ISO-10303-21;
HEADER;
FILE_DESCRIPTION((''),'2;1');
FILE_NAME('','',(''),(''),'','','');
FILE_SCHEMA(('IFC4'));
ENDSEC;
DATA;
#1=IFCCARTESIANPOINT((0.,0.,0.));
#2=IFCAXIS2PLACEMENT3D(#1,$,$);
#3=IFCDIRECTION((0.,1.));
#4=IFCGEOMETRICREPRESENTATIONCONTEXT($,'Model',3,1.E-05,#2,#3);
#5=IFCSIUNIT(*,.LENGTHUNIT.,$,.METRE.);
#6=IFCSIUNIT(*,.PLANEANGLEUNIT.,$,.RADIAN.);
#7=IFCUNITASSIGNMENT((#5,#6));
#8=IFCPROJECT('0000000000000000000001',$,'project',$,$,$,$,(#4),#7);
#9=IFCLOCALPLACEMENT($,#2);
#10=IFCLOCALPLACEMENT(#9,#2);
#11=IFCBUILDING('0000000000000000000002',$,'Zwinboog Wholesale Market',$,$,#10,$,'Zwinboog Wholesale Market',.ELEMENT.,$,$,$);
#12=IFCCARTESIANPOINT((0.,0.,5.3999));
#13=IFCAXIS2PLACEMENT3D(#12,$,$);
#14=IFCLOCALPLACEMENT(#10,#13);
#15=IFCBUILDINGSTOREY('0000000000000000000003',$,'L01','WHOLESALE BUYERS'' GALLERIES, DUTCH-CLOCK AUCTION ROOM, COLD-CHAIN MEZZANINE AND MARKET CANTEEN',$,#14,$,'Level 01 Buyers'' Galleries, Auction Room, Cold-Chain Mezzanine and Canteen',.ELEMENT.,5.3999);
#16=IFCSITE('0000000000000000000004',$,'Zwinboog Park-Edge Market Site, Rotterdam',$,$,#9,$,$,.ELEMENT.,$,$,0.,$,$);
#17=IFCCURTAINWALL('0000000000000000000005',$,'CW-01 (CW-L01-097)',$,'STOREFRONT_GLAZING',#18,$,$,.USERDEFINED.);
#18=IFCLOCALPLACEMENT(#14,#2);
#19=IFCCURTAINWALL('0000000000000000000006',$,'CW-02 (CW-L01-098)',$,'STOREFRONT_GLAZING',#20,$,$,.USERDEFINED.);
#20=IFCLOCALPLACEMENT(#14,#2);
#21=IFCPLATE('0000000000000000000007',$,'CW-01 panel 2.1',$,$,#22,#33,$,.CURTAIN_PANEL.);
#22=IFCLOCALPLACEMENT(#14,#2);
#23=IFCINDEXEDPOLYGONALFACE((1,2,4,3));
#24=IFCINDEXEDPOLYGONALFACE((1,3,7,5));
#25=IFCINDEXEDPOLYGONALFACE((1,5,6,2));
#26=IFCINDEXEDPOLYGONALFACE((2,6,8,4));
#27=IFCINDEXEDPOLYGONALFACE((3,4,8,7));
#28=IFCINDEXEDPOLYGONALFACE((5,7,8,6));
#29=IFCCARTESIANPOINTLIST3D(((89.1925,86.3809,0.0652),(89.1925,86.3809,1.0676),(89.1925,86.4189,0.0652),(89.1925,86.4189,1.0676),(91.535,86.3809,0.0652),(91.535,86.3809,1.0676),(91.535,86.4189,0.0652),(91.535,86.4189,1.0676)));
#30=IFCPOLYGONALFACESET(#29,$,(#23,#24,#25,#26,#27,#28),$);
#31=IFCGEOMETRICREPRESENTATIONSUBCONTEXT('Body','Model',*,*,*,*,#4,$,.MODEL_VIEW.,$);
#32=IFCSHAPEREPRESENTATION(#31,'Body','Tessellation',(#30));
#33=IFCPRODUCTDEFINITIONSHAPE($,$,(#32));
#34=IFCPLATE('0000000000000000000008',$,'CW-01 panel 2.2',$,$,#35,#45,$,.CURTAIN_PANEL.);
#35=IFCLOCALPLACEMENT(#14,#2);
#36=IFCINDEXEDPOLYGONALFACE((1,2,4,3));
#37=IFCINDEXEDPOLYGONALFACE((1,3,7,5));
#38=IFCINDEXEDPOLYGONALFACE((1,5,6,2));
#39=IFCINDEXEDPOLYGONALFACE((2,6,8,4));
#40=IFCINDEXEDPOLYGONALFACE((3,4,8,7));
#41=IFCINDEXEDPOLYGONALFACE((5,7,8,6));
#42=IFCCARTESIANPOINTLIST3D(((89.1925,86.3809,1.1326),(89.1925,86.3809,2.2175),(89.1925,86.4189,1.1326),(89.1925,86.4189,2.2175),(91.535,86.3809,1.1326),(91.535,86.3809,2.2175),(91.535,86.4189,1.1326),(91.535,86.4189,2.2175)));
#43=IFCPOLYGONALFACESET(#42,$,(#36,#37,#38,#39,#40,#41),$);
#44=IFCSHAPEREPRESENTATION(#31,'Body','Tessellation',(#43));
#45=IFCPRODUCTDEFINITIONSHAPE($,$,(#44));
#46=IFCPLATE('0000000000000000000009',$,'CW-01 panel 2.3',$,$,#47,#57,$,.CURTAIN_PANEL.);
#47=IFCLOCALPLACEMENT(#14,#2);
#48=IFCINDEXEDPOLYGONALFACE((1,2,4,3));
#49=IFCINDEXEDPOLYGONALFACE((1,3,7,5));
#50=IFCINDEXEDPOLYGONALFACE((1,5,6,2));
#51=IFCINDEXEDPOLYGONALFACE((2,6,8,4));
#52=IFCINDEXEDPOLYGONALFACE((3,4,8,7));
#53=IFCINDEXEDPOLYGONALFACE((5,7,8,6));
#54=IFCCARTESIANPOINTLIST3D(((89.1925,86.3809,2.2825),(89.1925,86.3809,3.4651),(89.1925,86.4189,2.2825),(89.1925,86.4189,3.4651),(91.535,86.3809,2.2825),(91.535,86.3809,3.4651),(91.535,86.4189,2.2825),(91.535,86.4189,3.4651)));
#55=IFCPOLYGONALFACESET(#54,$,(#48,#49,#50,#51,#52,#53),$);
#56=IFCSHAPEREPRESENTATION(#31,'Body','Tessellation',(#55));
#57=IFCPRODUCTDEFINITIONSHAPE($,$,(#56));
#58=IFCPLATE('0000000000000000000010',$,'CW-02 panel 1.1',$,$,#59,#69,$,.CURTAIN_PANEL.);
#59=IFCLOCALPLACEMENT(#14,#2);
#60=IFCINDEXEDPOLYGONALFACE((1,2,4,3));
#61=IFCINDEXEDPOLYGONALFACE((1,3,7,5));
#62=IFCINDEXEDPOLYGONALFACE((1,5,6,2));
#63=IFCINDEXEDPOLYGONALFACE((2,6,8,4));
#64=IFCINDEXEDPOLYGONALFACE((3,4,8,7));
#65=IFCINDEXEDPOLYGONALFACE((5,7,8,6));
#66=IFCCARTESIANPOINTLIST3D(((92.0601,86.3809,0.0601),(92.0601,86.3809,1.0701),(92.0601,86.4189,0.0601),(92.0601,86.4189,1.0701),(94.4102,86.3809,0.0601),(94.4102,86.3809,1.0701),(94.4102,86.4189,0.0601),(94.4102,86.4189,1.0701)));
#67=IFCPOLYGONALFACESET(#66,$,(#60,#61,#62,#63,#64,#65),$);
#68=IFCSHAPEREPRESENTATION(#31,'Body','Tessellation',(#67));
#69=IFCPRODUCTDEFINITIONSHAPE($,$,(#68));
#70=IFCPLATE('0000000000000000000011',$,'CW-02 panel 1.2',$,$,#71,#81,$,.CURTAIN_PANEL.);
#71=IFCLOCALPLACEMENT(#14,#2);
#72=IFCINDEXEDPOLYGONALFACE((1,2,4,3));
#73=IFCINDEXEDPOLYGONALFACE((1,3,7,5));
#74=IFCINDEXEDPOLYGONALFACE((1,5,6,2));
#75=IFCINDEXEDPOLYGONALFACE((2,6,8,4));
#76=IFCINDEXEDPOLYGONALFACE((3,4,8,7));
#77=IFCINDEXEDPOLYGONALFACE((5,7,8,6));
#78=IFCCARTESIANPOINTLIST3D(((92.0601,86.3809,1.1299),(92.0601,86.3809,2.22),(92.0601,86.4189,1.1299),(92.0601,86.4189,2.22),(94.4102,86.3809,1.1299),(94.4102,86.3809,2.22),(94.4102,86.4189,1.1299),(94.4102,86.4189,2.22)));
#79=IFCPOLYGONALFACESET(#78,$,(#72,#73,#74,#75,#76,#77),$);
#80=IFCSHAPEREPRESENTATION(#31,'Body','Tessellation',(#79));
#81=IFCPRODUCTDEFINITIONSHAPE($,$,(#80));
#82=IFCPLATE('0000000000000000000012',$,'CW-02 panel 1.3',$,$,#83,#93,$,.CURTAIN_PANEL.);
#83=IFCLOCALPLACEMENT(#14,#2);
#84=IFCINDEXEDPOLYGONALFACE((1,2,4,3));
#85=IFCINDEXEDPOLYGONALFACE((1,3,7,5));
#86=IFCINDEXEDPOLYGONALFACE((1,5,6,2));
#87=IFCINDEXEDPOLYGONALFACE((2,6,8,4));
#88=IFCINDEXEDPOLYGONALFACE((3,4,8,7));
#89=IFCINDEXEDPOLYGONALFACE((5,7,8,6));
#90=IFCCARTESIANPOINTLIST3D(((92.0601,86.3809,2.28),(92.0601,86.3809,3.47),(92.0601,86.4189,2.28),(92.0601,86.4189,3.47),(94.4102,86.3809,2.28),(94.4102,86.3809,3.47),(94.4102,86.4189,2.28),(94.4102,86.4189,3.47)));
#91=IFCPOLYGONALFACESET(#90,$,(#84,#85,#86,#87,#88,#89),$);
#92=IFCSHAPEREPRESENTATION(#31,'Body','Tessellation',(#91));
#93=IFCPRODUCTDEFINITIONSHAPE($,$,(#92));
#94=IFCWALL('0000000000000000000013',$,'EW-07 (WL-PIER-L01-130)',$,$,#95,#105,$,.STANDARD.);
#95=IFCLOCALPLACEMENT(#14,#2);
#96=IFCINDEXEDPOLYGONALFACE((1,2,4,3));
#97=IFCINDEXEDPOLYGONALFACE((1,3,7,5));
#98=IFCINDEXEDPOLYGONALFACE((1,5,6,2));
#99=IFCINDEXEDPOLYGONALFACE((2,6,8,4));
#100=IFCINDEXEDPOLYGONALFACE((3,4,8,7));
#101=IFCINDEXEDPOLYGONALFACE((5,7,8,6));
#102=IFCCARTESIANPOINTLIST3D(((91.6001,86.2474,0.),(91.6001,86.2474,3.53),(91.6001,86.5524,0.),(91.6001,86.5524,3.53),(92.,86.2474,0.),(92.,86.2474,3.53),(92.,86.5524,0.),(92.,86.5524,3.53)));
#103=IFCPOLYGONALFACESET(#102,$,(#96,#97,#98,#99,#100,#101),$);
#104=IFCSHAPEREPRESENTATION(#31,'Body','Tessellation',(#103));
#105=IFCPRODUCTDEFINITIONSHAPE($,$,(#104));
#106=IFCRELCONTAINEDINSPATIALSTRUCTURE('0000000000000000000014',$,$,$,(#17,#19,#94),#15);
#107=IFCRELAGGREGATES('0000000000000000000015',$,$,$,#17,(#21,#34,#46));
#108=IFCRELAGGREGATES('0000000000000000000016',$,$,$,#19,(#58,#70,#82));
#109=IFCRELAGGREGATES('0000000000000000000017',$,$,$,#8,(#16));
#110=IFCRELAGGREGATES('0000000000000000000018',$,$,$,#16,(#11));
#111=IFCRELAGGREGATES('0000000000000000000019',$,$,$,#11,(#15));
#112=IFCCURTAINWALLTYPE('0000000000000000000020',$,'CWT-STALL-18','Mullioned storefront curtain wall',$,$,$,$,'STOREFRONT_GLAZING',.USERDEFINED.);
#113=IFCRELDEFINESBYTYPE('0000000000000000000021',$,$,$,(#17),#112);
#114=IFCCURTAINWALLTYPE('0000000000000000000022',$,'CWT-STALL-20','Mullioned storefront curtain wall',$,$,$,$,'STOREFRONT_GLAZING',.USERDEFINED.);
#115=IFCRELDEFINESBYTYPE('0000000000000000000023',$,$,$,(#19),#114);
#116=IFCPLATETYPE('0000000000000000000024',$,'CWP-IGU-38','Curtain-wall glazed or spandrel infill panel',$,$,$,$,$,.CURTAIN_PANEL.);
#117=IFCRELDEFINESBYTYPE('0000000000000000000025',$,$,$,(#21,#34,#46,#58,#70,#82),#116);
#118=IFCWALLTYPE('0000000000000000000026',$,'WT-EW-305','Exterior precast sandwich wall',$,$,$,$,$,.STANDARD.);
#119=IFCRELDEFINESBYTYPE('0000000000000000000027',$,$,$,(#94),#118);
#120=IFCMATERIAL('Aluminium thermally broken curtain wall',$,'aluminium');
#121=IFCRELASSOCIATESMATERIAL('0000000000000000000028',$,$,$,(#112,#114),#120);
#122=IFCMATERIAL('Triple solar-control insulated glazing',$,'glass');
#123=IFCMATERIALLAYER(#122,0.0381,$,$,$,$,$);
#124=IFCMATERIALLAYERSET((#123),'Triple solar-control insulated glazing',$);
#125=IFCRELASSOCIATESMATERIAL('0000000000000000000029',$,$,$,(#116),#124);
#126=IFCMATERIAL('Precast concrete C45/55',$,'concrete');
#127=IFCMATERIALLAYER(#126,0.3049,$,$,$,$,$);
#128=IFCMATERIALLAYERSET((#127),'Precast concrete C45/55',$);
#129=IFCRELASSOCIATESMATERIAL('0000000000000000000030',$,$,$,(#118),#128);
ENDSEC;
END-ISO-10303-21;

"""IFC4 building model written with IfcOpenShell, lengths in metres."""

from ifc_helpers import new_model, si_unit, direction, frame, frame_2d, origin, origin_2d, place, context, subcontext, project, spatial, rectangle, extrude, material, layer, layer_set, type_object, element, aggregate, save


model = new_model("IFC4")

# Units and contexts
model_context = context("Model", 3, precision=1e-05, world=origin(), true_north=direction((0.0, 1.0)))
body_context = subcontext(model_context, "Body", "Model", "MODEL_VIEW")
ifc_project = project(units=[si_unit("LENGTHUNIT", "METRE"), si_unit("PLANEANGLEUNIT", "RADIAN")], contexts=[model_context])

# Site, building, storey
site_placement = place(None, origin())
site = spatial("IfcSite", under=ifc_project, at=site_placement, Name="Zwinboog Park-Edge Market Site, Rotterdam", CompositionType="ELEMENT", RefElevation=0.0)
building_placement = place(site_placement, origin())
building = spatial("IfcBuilding", under=site, at=building_placement, Name="Zwinboog Wholesale Market", LongName="Zwinboog Wholesale Market", CompositionType="ELEMENT")
storey_placement = place(building_placement, frame((0.0, 0.0, 5.3999)))
storey = spatial("IfcBuildingStorey", under=building, at=storey_placement, Name="L01", Description="WHOLESALE BUYERS' GALLERIES, DUTCH-CLOCK AUCTION ROOM, COLD-CHAIN MEZZANINE AND MARKET CANTEEN", LongName="Level 01 Buyers' Galleries, Auction Room, Cold-Chain Mezzanine and Canteen", CompositionType="ELEMENT", Elevation=5.3999)

# Curtain wall
ifc_material_1 = material(Name="Aluminium thermally broken curtain wall", Category="aluminium")
curtain_wall_type_1 = type_object("IfcCurtainWallType", Name="CWT-STALL-18", Description="Mullioned storefront curtain wall", ElementType="STOREFRONT_GLAZING", PredefinedType="USERDEFINED", material=ifc_material_1)
curtain_wall_1_placement = place(storey_placement, origin())
curtain_wall_1 = element("IfcCurtainWall", 1, at=curtain_wall_1_placement, inside=storey, type_object=curtain_wall_type_1, Name="CW-01 (CW-L01-097)", ObjectType="STOREFRONT_GLAZING", PredefinedType="USERDEFINED")

# Curtain wall
curtain_wall_type_2 = type_object("IfcCurtainWallType", Name="CWT-STALL-20", Description="Mullioned storefront curtain wall", ElementType="STOREFRONT_GLAZING", PredefinedType="USERDEFINED", material=ifc_material_1)
curtain_wall_2_placement = place(storey_placement, origin())
curtain_wall_2 = element("IfcCurtainWall", 2, at=curtain_wall_2_placement, inside=storey, type_object=curtain_wall_type_2, Name="CW-02 (CW-L01-098)", ObjectType="STOREFRONT_GLAZING", PredefinedType="USERDEFINED")

# Plates
ifc_material_2 = material(Name="Triple solar-control insulated glazing", Category="glass")
ifc_layer_1 = layer(ifc_material_2, 0.0381)
ifc_layer_set_1 = layer_set([ifc_layer_1], Name="Triple solar-control insulated glazing")
plate_type = type_object("IfcPlateType", Name="CWP-IGU-38", Description="Curtain-wall glazed or spandrel infill panel", PredefinedType="CURTAIN_PANEL", material=ifc_layer_set_1)
plate_1_placement = place(storey_placement, frame((90.3638, 86.3999, 0.0652), z_axis=(0.0, 0.0, 1.0), x_axis=(1.0, 0.0, 0.0)))
plate_1 = element("IfcPlate", 3, at=plate_1_placement, type_object=plate_type, Name="CW-01 panel 2.1", PredefinedType="CURTAIN_PANEL", context=body_context, shape_type="SweptSolid", body=[
    extrude(rectangle(XDim=2.3425, YDim=0.0381, at=origin_2d()), origin(), (0.0, 0.0, 1.0), 1.0024),
])
plate_2_placement = place(storey_placement, frame((90.3638, 86.3999, 1.1326), z_axis=(0.0, 0.0, 1.0), x_axis=(1.0, 0.0, 0.0)))
plate_2 = element("IfcPlate", 4, at=plate_2_placement, type_object=plate_type, Name="CW-01 panel 2.2", PredefinedType="CURTAIN_PANEL", context=body_context, shape_type="SweptSolid", body=[
    extrude(rectangle(XDim=2.3425, YDim=0.0381, at=origin_2d()), origin(), (0.0, 0.0, 1.0), 1.085),
])
plate_3_placement = place(storey_placement, frame((90.3638, 86.3999, 2.2825), z_axis=(0.0, 0.0, 1.0), x_axis=(1.0, 0.0, 0.0)))
plate_3 = element("IfcPlate", 5, at=plate_3_placement, type_object=plate_type, Name="CW-01 panel 2.3", PredefinedType="CURTAIN_PANEL", context=body_context, shape_type="SweptSolid", body=[
    extrude(rectangle(XDim=2.3425, YDim=0.0381, at=origin_2d()), origin(), (0.0, 0.0, 1.0), 1.1826),
])
aggregate(curtain_wall_1, [plate_1, plate_2, plate_3])
plate_4_placement = place(storey_placement, frame((93.2351, 86.3999, 0.0601), z_axis=(0.0, 0.0, 1.0), x_axis=(1.0, 0.0, 0.0)))
plate_4 = element("IfcPlate", 6, at=plate_4_placement, type_object=plate_type, Name="CW-02 panel 1.1", PredefinedType="CURTAIN_PANEL", context=body_context, shape_type="SweptSolid", body=[
    extrude(rectangle(XDim=2.3501, YDim=0.0381, at=origin_2d()), origin(), (0.0, 0.0, 1.0), 1.01),
])
plate_5_placement = place(storey_placement, frame((93.2351, 86.3999, 1.1299), z_axis=(0.0, 0.0, 1.0), x_axis=(1.0, 0.0, 0.0)))
plate_5 = element("IfcPlate", 7, at=plate_5_placement, type_object=plate_type, Name="CW-02 panel 1.2", PredefinedType="CURTAIN_PANEL", context=body_context, shape_type="SweptSolid", body=[
    extrude(rectangle(XDim=2.3501, YDim=0.0381, at=origin_2d()), origin(), (0.0, 0.0, 1.0), 1.0901),
])
plate_6_placement = place(storey_placement, frame((93.2351, 86.3999, 2.28), z_axis=(0.0, 0.0, 1.0), x_axis=(1.0, 0.0, 0.0)))
plate_6 = element("IfcPlate", 8, at=plate_6_placement, type_object=plate_type, Name="CW-02 panel 1.3", PredefinedType="CURTAIN_PANEL", context=body_context, shape_type="SweptSolid", body=[
    extrude(rectangle(XDim=2.3501, YDim=0.0381, at=origin_2d()), origin(), (0.0, 0.0, 1.0), 1.1899),
])
aggregate(curtain_wall_2, [plate_4, plate_5, plate_6])

# Wall
ifc_material_3 = material(Name="Precast concrete C45/55", Category="concrete")
ifc_layer_2 = layer(ifc_material_3, 0.3049)
ifc_layer_set_2 = layer_set([ifc_layer_2], Name="Precast concrete C45/55")
wall_type = type_object("IfcWallType", Name="WT-EW-305", Description="Exterior precast sandwich wall", PredefinedType="STANDARD", material=ifc_layer_set_2)
wall_placement = place(storey_placement, frame((91.6001, 86.3999, 0.0), z_axis=(0.0, 0.0, 1.0), x_axis=(1.0, 0.0, 0.0)))
element("IfcWall", 9, at=wall_placement, inside=storey, type_object=wall_type, Name="EW-07 (WL-PIER-L01-130)", PredefinedType="STANDARD", context=body_context, shape_type="SweptSolid", body=[
    extrude(rectangle(XDim=0.3999, YDim=0.3049, at=frame_2d((0.2, 0.0))), origin(), (0.0, 0.0, 1.0), 3.53),
])

save(model, "model.ifc")
